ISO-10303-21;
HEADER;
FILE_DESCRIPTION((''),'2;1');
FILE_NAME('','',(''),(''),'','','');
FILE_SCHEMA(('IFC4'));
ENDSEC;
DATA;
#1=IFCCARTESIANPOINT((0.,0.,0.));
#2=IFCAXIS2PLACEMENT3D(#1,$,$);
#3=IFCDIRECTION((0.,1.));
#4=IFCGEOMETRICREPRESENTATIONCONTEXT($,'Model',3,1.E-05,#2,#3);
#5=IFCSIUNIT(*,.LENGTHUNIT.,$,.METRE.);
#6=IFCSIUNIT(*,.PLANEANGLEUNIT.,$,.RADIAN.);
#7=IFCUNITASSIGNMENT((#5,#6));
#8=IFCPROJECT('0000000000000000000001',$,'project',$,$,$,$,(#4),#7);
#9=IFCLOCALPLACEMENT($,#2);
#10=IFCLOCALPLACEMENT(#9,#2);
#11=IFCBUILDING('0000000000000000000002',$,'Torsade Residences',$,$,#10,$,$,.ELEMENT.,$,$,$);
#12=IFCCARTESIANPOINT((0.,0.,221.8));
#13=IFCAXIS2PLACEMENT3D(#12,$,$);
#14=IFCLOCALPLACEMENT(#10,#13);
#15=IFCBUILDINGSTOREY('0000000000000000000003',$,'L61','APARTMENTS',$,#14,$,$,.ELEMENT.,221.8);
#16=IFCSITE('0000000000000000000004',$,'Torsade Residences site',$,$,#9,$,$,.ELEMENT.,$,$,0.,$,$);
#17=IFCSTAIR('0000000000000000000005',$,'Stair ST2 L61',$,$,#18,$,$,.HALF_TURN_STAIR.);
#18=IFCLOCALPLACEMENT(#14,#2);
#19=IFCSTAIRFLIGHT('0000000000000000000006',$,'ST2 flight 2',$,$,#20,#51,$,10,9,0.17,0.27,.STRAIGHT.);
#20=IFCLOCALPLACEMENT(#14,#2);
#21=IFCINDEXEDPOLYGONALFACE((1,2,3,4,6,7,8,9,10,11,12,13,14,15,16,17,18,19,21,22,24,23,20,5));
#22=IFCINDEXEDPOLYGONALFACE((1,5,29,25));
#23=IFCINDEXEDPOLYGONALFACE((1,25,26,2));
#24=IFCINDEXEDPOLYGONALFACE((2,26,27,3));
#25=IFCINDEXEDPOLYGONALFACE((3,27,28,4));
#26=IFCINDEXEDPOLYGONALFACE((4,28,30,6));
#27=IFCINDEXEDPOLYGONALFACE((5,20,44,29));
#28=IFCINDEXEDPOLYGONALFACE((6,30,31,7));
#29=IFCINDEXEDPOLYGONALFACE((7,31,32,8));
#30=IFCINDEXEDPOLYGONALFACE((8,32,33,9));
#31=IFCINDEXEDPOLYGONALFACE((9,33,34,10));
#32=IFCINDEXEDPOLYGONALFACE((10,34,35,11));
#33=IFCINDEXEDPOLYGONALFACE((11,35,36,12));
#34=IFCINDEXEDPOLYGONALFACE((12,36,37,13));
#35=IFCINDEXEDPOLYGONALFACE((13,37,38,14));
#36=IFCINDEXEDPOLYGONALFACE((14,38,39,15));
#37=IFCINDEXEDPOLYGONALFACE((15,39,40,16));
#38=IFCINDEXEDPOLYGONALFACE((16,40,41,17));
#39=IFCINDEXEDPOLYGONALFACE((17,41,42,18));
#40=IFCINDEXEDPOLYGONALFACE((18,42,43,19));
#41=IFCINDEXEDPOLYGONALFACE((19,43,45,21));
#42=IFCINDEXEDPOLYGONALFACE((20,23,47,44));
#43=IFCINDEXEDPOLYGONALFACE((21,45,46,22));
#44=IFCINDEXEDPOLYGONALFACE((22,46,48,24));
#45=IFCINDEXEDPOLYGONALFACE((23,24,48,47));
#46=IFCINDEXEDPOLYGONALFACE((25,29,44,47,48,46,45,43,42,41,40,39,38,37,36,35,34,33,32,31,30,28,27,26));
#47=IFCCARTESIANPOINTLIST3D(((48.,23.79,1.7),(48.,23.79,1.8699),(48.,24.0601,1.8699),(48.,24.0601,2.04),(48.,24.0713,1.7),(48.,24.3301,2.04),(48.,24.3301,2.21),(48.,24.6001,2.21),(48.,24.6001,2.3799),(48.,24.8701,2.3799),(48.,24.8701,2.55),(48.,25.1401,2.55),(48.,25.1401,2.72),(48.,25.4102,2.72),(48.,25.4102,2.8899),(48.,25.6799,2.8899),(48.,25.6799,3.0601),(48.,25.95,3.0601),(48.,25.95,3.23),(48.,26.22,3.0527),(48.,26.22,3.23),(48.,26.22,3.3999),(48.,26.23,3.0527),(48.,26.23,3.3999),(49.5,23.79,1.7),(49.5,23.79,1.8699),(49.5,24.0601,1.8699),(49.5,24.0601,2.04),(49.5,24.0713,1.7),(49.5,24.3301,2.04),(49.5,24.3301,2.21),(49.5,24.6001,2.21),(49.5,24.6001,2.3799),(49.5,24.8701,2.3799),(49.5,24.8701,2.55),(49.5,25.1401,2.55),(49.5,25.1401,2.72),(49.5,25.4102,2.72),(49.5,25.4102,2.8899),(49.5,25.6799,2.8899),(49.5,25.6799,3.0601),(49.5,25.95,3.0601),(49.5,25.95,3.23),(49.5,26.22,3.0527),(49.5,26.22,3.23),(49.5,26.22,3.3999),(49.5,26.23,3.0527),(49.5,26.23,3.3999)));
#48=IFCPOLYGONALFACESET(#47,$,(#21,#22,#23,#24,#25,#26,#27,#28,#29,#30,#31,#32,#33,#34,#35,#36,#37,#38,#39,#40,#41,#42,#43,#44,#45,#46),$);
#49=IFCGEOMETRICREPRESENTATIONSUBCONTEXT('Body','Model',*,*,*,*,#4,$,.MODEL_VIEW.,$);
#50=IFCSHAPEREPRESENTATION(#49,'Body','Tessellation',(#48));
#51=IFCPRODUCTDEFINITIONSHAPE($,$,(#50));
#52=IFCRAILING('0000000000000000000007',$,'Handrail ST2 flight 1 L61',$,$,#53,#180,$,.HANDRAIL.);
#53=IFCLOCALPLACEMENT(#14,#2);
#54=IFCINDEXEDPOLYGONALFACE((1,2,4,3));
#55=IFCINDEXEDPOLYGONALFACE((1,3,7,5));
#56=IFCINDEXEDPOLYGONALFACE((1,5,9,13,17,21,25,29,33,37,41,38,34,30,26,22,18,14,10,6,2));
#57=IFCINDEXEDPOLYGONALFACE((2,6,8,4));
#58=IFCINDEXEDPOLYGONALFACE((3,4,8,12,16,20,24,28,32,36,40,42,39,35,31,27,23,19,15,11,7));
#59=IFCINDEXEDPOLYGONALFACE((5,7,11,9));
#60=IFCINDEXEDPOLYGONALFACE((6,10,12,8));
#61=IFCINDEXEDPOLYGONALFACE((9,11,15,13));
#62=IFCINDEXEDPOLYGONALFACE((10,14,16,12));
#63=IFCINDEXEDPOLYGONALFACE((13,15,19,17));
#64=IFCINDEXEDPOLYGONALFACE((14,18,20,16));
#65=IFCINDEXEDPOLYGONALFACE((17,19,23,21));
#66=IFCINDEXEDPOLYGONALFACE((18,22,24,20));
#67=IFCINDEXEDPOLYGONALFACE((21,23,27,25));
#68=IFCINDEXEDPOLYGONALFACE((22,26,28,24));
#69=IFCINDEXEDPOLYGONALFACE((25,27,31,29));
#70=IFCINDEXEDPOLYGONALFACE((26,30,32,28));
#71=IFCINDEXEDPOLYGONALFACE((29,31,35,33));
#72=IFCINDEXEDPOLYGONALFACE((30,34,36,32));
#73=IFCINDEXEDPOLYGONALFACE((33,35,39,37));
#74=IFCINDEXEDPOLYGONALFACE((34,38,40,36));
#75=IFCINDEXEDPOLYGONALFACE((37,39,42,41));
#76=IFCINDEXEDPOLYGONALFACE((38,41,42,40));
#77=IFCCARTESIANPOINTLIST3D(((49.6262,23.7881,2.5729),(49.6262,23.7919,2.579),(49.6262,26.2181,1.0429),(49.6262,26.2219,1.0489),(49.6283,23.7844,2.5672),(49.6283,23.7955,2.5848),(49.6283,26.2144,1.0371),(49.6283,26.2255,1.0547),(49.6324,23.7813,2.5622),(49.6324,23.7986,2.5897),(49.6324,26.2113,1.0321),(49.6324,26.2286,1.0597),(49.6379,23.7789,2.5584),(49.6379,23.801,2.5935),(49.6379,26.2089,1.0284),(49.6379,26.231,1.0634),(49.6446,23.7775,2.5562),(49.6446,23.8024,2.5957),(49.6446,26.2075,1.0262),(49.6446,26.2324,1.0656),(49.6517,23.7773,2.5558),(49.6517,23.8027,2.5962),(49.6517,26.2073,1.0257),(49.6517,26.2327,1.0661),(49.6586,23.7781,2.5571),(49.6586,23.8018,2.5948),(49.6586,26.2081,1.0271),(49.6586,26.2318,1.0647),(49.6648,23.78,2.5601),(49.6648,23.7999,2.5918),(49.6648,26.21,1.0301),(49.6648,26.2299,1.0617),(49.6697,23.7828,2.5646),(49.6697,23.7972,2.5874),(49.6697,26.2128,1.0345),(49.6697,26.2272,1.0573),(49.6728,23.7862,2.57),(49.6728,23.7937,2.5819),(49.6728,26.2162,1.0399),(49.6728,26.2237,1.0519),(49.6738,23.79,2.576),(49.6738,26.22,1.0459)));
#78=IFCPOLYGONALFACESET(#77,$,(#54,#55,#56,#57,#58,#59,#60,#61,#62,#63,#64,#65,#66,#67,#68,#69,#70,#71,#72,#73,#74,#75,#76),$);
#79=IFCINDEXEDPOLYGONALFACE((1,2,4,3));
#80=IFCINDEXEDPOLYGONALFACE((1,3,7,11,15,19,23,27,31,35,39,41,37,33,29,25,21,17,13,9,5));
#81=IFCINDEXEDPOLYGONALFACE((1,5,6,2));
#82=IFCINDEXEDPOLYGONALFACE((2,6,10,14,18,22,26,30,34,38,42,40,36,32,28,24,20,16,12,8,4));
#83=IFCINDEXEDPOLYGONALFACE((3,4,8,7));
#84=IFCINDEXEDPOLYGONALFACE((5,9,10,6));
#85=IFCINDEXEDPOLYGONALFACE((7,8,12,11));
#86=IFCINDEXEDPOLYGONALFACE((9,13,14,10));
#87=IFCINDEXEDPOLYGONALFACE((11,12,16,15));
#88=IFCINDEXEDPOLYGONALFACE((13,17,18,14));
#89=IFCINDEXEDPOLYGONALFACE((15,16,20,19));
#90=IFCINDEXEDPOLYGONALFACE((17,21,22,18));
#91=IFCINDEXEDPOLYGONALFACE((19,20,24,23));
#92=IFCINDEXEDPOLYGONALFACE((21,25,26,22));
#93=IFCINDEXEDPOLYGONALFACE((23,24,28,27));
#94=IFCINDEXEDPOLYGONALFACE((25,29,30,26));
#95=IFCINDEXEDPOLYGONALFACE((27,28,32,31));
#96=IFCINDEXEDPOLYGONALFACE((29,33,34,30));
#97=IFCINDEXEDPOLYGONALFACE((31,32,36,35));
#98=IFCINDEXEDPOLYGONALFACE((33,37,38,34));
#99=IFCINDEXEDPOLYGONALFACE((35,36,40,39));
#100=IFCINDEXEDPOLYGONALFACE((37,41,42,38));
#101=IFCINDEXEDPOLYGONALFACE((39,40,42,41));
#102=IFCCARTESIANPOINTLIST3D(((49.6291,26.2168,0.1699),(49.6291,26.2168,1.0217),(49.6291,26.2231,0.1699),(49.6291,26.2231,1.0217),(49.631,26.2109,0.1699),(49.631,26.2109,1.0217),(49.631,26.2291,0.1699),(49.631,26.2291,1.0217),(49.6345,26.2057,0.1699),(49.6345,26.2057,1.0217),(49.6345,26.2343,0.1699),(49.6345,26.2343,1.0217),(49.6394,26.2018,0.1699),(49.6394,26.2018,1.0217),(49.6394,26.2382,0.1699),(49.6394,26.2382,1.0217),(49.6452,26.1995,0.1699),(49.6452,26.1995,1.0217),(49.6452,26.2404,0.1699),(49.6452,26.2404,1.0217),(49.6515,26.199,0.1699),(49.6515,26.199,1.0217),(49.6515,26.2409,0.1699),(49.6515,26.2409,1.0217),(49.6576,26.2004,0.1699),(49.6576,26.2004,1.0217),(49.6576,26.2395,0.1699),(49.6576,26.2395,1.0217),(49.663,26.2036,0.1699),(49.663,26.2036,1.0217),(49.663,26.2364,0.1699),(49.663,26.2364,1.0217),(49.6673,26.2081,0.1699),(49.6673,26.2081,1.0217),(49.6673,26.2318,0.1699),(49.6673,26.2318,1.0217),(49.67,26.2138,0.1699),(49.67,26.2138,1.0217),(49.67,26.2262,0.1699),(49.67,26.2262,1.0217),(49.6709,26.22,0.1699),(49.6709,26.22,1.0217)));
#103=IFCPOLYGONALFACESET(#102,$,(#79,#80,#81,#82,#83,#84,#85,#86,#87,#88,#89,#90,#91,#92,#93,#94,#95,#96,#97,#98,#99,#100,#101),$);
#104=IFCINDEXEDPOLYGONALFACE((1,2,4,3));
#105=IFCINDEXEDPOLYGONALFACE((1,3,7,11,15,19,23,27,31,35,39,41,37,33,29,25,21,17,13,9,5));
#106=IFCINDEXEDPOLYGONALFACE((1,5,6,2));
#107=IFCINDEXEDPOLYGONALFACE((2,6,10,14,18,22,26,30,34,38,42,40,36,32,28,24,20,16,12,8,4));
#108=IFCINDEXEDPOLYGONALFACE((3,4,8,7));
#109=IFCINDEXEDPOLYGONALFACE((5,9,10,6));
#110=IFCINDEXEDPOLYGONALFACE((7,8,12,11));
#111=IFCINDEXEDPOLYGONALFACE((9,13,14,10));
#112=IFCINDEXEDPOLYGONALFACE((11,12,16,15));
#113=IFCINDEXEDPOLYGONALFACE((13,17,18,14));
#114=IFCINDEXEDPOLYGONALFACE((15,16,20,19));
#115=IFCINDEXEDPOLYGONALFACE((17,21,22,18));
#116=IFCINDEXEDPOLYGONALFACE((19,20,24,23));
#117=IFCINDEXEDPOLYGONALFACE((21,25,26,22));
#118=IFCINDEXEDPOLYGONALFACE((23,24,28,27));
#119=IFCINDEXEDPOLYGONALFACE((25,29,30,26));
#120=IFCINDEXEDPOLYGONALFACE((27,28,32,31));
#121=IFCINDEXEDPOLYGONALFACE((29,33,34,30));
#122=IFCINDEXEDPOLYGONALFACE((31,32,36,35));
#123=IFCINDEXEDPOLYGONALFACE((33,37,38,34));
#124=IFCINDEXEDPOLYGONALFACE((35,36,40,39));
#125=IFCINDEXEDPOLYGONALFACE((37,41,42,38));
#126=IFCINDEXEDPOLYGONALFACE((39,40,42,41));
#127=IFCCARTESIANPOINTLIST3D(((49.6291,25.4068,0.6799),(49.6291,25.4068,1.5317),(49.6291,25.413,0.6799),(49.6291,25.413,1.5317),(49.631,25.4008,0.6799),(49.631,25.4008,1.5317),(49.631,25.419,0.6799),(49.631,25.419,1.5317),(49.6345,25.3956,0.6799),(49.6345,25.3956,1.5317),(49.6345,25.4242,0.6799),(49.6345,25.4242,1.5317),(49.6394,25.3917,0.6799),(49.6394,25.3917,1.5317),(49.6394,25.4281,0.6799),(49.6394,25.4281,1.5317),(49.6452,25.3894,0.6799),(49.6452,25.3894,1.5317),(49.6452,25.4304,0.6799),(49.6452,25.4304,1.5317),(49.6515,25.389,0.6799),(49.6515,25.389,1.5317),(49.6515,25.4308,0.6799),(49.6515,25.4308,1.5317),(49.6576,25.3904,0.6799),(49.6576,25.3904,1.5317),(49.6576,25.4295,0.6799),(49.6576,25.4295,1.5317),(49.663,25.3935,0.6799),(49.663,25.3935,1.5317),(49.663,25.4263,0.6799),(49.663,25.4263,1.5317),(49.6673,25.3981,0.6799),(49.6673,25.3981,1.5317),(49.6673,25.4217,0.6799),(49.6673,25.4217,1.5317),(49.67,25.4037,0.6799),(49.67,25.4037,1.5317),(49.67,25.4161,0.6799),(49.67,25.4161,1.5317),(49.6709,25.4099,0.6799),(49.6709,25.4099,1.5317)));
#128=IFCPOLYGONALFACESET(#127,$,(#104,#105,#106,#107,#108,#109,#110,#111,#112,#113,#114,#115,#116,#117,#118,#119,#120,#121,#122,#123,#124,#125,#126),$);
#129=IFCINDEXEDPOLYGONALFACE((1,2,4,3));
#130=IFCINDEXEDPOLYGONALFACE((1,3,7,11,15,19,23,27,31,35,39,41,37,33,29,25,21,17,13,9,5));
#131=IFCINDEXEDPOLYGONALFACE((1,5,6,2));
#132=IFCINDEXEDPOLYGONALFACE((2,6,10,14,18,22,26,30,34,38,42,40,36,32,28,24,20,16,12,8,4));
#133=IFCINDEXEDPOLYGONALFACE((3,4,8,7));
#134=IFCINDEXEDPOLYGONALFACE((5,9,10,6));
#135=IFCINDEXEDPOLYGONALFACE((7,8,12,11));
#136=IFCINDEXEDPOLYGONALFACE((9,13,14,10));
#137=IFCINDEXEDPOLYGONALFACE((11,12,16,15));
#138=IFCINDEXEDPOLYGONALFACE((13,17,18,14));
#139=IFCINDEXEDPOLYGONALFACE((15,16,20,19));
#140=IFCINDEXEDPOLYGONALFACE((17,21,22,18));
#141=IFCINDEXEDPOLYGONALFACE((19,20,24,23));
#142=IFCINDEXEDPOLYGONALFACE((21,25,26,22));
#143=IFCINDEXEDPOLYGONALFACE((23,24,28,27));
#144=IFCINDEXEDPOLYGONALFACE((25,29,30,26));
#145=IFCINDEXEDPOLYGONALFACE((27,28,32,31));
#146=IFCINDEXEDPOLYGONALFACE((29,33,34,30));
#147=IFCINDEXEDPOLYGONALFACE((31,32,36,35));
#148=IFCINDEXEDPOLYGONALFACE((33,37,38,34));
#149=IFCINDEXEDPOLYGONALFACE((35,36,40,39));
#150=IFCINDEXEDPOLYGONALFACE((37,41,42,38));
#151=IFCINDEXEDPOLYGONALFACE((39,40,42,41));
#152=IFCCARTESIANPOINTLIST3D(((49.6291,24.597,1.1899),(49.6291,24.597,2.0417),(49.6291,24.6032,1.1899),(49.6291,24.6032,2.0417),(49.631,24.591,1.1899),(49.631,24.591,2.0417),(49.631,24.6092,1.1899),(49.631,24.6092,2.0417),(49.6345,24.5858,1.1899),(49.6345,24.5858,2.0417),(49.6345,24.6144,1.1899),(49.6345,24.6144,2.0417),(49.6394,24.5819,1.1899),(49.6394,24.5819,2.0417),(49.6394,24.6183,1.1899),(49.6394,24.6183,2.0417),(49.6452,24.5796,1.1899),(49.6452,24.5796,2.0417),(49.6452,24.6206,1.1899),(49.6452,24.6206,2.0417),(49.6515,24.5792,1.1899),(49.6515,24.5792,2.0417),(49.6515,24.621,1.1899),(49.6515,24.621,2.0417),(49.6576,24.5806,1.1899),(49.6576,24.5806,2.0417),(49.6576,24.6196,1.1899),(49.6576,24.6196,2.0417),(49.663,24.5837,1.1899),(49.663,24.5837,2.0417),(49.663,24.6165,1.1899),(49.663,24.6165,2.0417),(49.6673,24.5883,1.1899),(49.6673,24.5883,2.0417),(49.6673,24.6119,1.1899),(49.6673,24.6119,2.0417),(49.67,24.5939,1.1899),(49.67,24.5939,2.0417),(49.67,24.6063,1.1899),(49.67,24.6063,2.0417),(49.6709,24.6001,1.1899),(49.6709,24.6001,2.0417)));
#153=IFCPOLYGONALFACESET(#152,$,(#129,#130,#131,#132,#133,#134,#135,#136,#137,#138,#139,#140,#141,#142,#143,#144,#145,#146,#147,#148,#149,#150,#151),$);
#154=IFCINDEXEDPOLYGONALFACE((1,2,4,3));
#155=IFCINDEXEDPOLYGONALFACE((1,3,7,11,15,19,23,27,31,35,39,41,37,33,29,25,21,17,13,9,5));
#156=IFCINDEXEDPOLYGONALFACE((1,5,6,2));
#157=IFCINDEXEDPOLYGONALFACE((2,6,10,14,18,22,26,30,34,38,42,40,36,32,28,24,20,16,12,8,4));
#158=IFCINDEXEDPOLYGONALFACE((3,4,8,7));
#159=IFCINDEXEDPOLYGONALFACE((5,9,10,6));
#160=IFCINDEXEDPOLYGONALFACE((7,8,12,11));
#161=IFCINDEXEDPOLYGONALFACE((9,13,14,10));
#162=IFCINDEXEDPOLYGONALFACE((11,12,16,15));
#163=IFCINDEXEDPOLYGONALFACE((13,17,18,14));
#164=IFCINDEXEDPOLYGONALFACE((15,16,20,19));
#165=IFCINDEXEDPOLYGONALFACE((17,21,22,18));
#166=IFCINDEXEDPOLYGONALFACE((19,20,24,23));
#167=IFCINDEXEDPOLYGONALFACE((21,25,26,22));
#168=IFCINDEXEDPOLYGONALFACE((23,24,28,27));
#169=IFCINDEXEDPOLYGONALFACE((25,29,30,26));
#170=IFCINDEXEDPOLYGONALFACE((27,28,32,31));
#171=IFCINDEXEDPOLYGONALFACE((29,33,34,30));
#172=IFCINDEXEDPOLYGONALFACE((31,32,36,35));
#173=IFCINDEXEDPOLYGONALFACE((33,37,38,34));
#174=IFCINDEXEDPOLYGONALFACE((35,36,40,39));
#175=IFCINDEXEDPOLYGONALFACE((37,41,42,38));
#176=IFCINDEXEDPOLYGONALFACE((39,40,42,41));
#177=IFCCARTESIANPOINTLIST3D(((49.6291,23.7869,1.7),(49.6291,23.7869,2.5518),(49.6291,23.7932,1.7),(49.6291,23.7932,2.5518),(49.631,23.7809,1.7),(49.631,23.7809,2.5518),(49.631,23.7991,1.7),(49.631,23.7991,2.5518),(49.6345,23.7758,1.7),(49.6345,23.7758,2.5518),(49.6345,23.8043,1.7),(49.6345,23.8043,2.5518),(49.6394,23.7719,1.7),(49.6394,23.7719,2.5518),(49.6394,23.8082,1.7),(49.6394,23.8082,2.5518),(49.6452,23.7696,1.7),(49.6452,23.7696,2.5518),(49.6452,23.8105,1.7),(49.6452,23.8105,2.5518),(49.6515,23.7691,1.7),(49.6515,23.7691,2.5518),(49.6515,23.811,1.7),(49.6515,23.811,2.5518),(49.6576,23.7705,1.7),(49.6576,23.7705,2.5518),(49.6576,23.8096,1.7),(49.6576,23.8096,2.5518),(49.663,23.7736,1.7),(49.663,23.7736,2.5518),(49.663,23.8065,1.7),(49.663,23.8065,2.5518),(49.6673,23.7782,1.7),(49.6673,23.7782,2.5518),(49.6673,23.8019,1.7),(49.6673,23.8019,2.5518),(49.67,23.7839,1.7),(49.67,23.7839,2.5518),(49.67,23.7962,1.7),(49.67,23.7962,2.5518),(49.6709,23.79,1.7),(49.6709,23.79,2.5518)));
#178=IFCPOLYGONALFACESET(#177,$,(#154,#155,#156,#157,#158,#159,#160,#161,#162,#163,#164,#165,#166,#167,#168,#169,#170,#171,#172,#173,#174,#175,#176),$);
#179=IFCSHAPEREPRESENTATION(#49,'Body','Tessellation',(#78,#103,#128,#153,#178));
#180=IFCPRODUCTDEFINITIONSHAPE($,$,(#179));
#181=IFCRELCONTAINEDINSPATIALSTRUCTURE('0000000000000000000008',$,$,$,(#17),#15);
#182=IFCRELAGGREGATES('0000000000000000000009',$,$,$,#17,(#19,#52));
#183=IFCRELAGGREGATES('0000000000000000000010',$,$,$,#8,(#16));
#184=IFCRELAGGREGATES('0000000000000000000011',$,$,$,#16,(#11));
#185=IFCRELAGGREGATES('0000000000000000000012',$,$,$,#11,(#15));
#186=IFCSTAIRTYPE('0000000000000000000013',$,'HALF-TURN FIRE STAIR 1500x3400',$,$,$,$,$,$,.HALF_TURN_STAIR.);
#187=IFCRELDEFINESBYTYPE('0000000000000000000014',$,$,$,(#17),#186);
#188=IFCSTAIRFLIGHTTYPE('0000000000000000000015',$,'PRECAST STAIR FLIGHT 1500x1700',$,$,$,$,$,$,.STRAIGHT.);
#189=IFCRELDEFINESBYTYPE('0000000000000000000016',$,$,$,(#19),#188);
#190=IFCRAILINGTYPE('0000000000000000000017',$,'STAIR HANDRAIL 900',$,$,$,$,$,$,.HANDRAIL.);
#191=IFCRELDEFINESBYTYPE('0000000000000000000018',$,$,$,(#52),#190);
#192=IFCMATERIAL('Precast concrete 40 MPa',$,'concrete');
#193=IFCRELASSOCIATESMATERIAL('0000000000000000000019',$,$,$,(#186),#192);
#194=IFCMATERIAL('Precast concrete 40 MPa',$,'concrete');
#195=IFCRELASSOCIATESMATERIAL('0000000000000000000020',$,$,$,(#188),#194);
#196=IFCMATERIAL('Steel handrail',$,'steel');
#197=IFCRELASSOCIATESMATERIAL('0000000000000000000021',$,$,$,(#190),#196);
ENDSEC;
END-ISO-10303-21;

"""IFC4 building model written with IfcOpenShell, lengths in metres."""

from ifc_helpers import new_model, si_unit, direction, frame, origin, origin_2d, place, context, subcontext, project, spatial, polyline, circle, outline, extrude, material, type_object, element, aggregate, save


model = new_model("IFC4")

# Units and contexts
model_context = context("Model", 3, precision=1e-05, world=origin(), true_north=direction((0.0, 1.0)))
body_context = subcontext(model_context, "Body", "Model", "MODEL_VIEW")
ifc_project = project(units=[si_unit("LENGTHUNIT", "METRE"), si_unit("PLANEANGLEUNIT", "RADIAN")], contexts=[model_context])

# Site, building, storey
site_placement = place(None, origin())
site = spatial("IfcSite", under=ifc_project, at=site_placement, Name="Torsade Residences site", CompositionType="ELEMENT", RefElevation=0.0)
building_placement = place(site_placement, origin())
building = spatial("IfcBuilding", under=site, at=building_placement, Name="Torsade Residences", CompositionType="ELEMENT")
storey_placement = place(building_placement, frame((0.0, 0.0, 221.8)))
storey = spatial("IfcBuildingStorey", under=building, at=storey_placement, Name="L61", Description="APARTMENTS", CompositionType="ELEMENT", Elevation=221.8)

# Stair, stair flight, railing
ifc_material_1 = material(Name="Precast concrete 40 MPa", Category="concrete")
stair_type = type_object("IfcStairType", Name="HALF-TURN FIRE STAIR 1500x3400", PredefinedType="HALF_TURN_STAIR", material=ifc_material_1)
stair_placement = place(storey_placement, origin())
stair = element("IfcStair", 1, at=stair_placement, inside=storey, type_object=stair_type, Name="Stair ST2 L61", PredefinedType="HALF_TURN_STAIR")
ifc_material_2 = material(Name="Precast concrete 40 MPa", Category="concrete")
stair_flight_type = type_object("IfcStairFlightType", Name="PRECAST STAIR FLIGHT 1500x1700", PredefinedType="STRAIGHT", material=ifc_material_2)
stair_flight_1_placement = place(storey_placement, frame((48.75, 23.79, 1.7), z_axis=(0.0, 0.0, 1.0), x_axis=(0.0, 1.0, 0.0)))
stair_flight_1 = element("IfcStairFlight", 2, at=stair_flight_1_placement, type_object=stair_flight_type, Name="ST2 flight 2", NumberOfRisers=10, NumberOfTreads=9, PredefinedType="STRAIGHT", RiserHeight=0.17, TreadLength=0.27, context=body_context, shape_type="SweptSolid", body=[
    extrude(outline(polyline([(0.0, 0.0), (0.0, 0.1699), (0.27, 0.1699), (0.27, 0.3401), (0.54, 0.3401), (0.54, 0.51), (0.8101, 0.51), (0.8101, 0.6799), (1.0801, 0.6799), (1.0801, 0.8501), (1.3501, 0.8501), (1.3501, 1.02), (1.6201, 1.02), (1.6201, 1.1899), (1.8899, 1.1899), (1.8899, 1.3601), (2.1599, 1.3601), (2.1599, 1.53), (2.4299, 1.53), (2.4299, 1.7), (2.4399, 1.7), (2.4399, 1.3528), (2.4299, 1.3528), (0.2812, 0.0), (0.0, 0.0)])), frame((0.0, 0.75, 0.0), z_axis=(0.0, -1.0, 0.0), x_axis=(1.0, 0.0, 0.0)), (0.0, 0.0, 1.0), 1.5),
])
ifc_material_3 = material(Name="Steel handrail", Category="steel")
railing_type = type_object("IfcRailingType", Name="STAIR HANDRAIL 900", PredefinedType="HANDRAIL", material=ifc_material_3)
railing_1_placement = place(storey_placement, frame((49.6499, 26.22, 0.1699)))
railing_1 = element("IfcRailing", 3, at=railing_1_placement, type_object=railing_type, Name="Handrail ST2 flight 1 L61", PredefinedType="HANDRAIL", context=body_context, shape_type="SweptSolid", body=[
    extrude(circle(Radius=0.0239, at=origin_2d()), frame((0.0, 0.0, 0.876), z_axis=(0.0, -0.846221, 0.532831), x_axis=(1.0, 0.0, 0.0)), (0.0, 0.0, 1.0), 2.8716),
    extrude(circle(Radius=0.021, at=origin_2d()), origin(), (0.0, 0.0, 1.0), 0.8518),
    extrude(circle(Radius=0.021, at=origin_2d()), frame((0.0, -0.8101, 0.51)), (0.0, 0.0, 1.0), 0.8518),
    extrude(circle(Radius=0.021, at=origin_2d()), frame((0.0, -1.6199, 1.02)), (0.0, 0.0, 1.0), 0.8518),
    extrude(circle(Radius=0.021, at=origin_2d()), frame((0.0, -2.4299, 1.53)), (0.0, 0.0, 1.0), 0.8518),
])
aggregate(stair, [stair_flight_1, railing_1])

save(model, "model.ifc")
